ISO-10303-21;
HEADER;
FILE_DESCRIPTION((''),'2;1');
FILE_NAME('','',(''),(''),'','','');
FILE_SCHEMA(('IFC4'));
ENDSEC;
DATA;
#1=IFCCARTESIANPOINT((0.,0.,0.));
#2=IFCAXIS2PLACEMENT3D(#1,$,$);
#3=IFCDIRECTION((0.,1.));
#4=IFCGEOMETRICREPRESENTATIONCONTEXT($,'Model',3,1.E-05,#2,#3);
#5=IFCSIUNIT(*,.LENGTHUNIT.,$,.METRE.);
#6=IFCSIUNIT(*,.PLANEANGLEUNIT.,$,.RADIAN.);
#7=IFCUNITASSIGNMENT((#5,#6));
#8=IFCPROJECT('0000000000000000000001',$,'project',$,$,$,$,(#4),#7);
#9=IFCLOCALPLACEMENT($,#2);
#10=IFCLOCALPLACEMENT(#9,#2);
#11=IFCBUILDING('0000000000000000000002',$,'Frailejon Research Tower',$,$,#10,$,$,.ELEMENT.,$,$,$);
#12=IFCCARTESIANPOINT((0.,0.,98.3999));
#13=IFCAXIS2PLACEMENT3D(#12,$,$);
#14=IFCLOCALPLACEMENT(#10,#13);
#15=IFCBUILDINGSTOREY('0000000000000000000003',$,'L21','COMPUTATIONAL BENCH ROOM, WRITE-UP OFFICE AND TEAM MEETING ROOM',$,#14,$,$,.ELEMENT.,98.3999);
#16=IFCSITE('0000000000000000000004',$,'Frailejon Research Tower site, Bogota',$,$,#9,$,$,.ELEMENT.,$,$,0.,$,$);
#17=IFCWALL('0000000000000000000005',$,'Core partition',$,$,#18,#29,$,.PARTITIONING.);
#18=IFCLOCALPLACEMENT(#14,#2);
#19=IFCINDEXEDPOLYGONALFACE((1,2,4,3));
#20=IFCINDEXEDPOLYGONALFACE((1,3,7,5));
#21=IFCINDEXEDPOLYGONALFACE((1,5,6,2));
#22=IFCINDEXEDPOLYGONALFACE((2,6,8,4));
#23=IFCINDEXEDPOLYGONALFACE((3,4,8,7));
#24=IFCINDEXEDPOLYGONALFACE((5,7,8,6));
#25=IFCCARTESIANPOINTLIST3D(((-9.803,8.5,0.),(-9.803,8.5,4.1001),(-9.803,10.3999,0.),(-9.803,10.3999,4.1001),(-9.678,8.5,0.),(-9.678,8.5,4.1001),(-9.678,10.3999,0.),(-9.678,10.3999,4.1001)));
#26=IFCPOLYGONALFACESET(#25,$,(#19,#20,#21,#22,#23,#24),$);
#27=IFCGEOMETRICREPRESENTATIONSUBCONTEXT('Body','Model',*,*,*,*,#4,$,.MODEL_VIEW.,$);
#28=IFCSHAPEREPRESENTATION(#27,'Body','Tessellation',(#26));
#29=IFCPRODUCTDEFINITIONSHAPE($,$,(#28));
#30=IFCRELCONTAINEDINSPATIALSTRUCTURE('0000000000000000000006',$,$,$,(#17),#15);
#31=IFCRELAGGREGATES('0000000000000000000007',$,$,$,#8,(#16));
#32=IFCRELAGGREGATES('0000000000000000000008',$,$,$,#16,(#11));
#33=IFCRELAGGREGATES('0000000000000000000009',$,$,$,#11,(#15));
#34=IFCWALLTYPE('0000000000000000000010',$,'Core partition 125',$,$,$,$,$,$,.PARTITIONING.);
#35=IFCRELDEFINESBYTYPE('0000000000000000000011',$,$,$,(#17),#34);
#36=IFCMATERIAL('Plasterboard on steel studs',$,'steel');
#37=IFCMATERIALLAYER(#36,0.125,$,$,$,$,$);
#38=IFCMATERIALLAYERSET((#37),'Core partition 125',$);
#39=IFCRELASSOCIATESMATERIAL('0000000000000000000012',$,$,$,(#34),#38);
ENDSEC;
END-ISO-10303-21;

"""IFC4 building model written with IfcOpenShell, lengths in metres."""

from ifc_helpers import new_model, si_unit, direction, frame, frame_2d, origin, place, context, subcontext, project, spatial, rectangle, extrude, material, layer, layer_set, type_object, element, save


model = new_model("IFC4")

# Units and contexts
model_context = context("Model", 3, precision=1e-05, world=origin(), true_north=direction((0.0, 1.0)))
body_context = subcontext(model_context, "Body", "Model", "MODEL_VIEW")
ifc_project = project(units=[si_unit("LENGTHUNIT", "METRE"), si_unit("PLANEANGLEUNIT", "RADIAN")], contexts=[model_context])

# Site, building, storey
site_placement = place(None, origin())
site = spatial("IfcSite", under=ifc_project, at=site_placement, Name="Frailejon Research Tower site, Bogota", CompositionType="ELEMENT", RefElevation=0.0)
building_placement = place(site_placement, origin())
building = spatial("IfcBuilding", under=site, at=building_placement, Name="Frailejon Research Tower", CompositionType="ELEMENT")
storey_placement = place(building_placement, frame((0.0, 0.0, 98.3999)))
storey = spatial("IfcBuildingStorey", under=building, at=storey_placement, Name="L21", Description="COMPUTATIONAL BENCH ROOM, WRITE-UP OFFICE AND TEAM MEETING ROOM", CompositionType="ELEMENT", Elevation=98.3999)

# Wall
ifc_material_1 = material(Name="Plasterboard on steel studs", Category="steel")
ifc_layer_1 = layer(ifc_material_1, 0.125)
ifc_layer_set_1 = layer_set([ifc_layer_1], Name="Core partition 125")
wall_type_1 = type_object("IfcWallType", Name="Core partition 125", PredefinedType="PARTITIONING", material=ifc_layer_set_1)
wall_1_placement = place(storey_placement, frame((-9.7405, 8.5, 0.0), z_axis=(0.0, 0.0, 1.0), x_axis=(0.0, 1.0, 0.0)))
element("IfcWall", 1, at=wall_1_placement, inside=storey, type_object=wall_type_1, Name="Core partition", PredefinedType="PARTITIONING", context=body_context, shape_type="SweptSolid", body=[
    extrude(rectangle(XDim=1.8999, YDim=0.125, at=frame_2d((0.95, 0.0))), origin(), (0.0, 0.0, 1.0), 4.1001),
])

save(model, "model.ifc")
